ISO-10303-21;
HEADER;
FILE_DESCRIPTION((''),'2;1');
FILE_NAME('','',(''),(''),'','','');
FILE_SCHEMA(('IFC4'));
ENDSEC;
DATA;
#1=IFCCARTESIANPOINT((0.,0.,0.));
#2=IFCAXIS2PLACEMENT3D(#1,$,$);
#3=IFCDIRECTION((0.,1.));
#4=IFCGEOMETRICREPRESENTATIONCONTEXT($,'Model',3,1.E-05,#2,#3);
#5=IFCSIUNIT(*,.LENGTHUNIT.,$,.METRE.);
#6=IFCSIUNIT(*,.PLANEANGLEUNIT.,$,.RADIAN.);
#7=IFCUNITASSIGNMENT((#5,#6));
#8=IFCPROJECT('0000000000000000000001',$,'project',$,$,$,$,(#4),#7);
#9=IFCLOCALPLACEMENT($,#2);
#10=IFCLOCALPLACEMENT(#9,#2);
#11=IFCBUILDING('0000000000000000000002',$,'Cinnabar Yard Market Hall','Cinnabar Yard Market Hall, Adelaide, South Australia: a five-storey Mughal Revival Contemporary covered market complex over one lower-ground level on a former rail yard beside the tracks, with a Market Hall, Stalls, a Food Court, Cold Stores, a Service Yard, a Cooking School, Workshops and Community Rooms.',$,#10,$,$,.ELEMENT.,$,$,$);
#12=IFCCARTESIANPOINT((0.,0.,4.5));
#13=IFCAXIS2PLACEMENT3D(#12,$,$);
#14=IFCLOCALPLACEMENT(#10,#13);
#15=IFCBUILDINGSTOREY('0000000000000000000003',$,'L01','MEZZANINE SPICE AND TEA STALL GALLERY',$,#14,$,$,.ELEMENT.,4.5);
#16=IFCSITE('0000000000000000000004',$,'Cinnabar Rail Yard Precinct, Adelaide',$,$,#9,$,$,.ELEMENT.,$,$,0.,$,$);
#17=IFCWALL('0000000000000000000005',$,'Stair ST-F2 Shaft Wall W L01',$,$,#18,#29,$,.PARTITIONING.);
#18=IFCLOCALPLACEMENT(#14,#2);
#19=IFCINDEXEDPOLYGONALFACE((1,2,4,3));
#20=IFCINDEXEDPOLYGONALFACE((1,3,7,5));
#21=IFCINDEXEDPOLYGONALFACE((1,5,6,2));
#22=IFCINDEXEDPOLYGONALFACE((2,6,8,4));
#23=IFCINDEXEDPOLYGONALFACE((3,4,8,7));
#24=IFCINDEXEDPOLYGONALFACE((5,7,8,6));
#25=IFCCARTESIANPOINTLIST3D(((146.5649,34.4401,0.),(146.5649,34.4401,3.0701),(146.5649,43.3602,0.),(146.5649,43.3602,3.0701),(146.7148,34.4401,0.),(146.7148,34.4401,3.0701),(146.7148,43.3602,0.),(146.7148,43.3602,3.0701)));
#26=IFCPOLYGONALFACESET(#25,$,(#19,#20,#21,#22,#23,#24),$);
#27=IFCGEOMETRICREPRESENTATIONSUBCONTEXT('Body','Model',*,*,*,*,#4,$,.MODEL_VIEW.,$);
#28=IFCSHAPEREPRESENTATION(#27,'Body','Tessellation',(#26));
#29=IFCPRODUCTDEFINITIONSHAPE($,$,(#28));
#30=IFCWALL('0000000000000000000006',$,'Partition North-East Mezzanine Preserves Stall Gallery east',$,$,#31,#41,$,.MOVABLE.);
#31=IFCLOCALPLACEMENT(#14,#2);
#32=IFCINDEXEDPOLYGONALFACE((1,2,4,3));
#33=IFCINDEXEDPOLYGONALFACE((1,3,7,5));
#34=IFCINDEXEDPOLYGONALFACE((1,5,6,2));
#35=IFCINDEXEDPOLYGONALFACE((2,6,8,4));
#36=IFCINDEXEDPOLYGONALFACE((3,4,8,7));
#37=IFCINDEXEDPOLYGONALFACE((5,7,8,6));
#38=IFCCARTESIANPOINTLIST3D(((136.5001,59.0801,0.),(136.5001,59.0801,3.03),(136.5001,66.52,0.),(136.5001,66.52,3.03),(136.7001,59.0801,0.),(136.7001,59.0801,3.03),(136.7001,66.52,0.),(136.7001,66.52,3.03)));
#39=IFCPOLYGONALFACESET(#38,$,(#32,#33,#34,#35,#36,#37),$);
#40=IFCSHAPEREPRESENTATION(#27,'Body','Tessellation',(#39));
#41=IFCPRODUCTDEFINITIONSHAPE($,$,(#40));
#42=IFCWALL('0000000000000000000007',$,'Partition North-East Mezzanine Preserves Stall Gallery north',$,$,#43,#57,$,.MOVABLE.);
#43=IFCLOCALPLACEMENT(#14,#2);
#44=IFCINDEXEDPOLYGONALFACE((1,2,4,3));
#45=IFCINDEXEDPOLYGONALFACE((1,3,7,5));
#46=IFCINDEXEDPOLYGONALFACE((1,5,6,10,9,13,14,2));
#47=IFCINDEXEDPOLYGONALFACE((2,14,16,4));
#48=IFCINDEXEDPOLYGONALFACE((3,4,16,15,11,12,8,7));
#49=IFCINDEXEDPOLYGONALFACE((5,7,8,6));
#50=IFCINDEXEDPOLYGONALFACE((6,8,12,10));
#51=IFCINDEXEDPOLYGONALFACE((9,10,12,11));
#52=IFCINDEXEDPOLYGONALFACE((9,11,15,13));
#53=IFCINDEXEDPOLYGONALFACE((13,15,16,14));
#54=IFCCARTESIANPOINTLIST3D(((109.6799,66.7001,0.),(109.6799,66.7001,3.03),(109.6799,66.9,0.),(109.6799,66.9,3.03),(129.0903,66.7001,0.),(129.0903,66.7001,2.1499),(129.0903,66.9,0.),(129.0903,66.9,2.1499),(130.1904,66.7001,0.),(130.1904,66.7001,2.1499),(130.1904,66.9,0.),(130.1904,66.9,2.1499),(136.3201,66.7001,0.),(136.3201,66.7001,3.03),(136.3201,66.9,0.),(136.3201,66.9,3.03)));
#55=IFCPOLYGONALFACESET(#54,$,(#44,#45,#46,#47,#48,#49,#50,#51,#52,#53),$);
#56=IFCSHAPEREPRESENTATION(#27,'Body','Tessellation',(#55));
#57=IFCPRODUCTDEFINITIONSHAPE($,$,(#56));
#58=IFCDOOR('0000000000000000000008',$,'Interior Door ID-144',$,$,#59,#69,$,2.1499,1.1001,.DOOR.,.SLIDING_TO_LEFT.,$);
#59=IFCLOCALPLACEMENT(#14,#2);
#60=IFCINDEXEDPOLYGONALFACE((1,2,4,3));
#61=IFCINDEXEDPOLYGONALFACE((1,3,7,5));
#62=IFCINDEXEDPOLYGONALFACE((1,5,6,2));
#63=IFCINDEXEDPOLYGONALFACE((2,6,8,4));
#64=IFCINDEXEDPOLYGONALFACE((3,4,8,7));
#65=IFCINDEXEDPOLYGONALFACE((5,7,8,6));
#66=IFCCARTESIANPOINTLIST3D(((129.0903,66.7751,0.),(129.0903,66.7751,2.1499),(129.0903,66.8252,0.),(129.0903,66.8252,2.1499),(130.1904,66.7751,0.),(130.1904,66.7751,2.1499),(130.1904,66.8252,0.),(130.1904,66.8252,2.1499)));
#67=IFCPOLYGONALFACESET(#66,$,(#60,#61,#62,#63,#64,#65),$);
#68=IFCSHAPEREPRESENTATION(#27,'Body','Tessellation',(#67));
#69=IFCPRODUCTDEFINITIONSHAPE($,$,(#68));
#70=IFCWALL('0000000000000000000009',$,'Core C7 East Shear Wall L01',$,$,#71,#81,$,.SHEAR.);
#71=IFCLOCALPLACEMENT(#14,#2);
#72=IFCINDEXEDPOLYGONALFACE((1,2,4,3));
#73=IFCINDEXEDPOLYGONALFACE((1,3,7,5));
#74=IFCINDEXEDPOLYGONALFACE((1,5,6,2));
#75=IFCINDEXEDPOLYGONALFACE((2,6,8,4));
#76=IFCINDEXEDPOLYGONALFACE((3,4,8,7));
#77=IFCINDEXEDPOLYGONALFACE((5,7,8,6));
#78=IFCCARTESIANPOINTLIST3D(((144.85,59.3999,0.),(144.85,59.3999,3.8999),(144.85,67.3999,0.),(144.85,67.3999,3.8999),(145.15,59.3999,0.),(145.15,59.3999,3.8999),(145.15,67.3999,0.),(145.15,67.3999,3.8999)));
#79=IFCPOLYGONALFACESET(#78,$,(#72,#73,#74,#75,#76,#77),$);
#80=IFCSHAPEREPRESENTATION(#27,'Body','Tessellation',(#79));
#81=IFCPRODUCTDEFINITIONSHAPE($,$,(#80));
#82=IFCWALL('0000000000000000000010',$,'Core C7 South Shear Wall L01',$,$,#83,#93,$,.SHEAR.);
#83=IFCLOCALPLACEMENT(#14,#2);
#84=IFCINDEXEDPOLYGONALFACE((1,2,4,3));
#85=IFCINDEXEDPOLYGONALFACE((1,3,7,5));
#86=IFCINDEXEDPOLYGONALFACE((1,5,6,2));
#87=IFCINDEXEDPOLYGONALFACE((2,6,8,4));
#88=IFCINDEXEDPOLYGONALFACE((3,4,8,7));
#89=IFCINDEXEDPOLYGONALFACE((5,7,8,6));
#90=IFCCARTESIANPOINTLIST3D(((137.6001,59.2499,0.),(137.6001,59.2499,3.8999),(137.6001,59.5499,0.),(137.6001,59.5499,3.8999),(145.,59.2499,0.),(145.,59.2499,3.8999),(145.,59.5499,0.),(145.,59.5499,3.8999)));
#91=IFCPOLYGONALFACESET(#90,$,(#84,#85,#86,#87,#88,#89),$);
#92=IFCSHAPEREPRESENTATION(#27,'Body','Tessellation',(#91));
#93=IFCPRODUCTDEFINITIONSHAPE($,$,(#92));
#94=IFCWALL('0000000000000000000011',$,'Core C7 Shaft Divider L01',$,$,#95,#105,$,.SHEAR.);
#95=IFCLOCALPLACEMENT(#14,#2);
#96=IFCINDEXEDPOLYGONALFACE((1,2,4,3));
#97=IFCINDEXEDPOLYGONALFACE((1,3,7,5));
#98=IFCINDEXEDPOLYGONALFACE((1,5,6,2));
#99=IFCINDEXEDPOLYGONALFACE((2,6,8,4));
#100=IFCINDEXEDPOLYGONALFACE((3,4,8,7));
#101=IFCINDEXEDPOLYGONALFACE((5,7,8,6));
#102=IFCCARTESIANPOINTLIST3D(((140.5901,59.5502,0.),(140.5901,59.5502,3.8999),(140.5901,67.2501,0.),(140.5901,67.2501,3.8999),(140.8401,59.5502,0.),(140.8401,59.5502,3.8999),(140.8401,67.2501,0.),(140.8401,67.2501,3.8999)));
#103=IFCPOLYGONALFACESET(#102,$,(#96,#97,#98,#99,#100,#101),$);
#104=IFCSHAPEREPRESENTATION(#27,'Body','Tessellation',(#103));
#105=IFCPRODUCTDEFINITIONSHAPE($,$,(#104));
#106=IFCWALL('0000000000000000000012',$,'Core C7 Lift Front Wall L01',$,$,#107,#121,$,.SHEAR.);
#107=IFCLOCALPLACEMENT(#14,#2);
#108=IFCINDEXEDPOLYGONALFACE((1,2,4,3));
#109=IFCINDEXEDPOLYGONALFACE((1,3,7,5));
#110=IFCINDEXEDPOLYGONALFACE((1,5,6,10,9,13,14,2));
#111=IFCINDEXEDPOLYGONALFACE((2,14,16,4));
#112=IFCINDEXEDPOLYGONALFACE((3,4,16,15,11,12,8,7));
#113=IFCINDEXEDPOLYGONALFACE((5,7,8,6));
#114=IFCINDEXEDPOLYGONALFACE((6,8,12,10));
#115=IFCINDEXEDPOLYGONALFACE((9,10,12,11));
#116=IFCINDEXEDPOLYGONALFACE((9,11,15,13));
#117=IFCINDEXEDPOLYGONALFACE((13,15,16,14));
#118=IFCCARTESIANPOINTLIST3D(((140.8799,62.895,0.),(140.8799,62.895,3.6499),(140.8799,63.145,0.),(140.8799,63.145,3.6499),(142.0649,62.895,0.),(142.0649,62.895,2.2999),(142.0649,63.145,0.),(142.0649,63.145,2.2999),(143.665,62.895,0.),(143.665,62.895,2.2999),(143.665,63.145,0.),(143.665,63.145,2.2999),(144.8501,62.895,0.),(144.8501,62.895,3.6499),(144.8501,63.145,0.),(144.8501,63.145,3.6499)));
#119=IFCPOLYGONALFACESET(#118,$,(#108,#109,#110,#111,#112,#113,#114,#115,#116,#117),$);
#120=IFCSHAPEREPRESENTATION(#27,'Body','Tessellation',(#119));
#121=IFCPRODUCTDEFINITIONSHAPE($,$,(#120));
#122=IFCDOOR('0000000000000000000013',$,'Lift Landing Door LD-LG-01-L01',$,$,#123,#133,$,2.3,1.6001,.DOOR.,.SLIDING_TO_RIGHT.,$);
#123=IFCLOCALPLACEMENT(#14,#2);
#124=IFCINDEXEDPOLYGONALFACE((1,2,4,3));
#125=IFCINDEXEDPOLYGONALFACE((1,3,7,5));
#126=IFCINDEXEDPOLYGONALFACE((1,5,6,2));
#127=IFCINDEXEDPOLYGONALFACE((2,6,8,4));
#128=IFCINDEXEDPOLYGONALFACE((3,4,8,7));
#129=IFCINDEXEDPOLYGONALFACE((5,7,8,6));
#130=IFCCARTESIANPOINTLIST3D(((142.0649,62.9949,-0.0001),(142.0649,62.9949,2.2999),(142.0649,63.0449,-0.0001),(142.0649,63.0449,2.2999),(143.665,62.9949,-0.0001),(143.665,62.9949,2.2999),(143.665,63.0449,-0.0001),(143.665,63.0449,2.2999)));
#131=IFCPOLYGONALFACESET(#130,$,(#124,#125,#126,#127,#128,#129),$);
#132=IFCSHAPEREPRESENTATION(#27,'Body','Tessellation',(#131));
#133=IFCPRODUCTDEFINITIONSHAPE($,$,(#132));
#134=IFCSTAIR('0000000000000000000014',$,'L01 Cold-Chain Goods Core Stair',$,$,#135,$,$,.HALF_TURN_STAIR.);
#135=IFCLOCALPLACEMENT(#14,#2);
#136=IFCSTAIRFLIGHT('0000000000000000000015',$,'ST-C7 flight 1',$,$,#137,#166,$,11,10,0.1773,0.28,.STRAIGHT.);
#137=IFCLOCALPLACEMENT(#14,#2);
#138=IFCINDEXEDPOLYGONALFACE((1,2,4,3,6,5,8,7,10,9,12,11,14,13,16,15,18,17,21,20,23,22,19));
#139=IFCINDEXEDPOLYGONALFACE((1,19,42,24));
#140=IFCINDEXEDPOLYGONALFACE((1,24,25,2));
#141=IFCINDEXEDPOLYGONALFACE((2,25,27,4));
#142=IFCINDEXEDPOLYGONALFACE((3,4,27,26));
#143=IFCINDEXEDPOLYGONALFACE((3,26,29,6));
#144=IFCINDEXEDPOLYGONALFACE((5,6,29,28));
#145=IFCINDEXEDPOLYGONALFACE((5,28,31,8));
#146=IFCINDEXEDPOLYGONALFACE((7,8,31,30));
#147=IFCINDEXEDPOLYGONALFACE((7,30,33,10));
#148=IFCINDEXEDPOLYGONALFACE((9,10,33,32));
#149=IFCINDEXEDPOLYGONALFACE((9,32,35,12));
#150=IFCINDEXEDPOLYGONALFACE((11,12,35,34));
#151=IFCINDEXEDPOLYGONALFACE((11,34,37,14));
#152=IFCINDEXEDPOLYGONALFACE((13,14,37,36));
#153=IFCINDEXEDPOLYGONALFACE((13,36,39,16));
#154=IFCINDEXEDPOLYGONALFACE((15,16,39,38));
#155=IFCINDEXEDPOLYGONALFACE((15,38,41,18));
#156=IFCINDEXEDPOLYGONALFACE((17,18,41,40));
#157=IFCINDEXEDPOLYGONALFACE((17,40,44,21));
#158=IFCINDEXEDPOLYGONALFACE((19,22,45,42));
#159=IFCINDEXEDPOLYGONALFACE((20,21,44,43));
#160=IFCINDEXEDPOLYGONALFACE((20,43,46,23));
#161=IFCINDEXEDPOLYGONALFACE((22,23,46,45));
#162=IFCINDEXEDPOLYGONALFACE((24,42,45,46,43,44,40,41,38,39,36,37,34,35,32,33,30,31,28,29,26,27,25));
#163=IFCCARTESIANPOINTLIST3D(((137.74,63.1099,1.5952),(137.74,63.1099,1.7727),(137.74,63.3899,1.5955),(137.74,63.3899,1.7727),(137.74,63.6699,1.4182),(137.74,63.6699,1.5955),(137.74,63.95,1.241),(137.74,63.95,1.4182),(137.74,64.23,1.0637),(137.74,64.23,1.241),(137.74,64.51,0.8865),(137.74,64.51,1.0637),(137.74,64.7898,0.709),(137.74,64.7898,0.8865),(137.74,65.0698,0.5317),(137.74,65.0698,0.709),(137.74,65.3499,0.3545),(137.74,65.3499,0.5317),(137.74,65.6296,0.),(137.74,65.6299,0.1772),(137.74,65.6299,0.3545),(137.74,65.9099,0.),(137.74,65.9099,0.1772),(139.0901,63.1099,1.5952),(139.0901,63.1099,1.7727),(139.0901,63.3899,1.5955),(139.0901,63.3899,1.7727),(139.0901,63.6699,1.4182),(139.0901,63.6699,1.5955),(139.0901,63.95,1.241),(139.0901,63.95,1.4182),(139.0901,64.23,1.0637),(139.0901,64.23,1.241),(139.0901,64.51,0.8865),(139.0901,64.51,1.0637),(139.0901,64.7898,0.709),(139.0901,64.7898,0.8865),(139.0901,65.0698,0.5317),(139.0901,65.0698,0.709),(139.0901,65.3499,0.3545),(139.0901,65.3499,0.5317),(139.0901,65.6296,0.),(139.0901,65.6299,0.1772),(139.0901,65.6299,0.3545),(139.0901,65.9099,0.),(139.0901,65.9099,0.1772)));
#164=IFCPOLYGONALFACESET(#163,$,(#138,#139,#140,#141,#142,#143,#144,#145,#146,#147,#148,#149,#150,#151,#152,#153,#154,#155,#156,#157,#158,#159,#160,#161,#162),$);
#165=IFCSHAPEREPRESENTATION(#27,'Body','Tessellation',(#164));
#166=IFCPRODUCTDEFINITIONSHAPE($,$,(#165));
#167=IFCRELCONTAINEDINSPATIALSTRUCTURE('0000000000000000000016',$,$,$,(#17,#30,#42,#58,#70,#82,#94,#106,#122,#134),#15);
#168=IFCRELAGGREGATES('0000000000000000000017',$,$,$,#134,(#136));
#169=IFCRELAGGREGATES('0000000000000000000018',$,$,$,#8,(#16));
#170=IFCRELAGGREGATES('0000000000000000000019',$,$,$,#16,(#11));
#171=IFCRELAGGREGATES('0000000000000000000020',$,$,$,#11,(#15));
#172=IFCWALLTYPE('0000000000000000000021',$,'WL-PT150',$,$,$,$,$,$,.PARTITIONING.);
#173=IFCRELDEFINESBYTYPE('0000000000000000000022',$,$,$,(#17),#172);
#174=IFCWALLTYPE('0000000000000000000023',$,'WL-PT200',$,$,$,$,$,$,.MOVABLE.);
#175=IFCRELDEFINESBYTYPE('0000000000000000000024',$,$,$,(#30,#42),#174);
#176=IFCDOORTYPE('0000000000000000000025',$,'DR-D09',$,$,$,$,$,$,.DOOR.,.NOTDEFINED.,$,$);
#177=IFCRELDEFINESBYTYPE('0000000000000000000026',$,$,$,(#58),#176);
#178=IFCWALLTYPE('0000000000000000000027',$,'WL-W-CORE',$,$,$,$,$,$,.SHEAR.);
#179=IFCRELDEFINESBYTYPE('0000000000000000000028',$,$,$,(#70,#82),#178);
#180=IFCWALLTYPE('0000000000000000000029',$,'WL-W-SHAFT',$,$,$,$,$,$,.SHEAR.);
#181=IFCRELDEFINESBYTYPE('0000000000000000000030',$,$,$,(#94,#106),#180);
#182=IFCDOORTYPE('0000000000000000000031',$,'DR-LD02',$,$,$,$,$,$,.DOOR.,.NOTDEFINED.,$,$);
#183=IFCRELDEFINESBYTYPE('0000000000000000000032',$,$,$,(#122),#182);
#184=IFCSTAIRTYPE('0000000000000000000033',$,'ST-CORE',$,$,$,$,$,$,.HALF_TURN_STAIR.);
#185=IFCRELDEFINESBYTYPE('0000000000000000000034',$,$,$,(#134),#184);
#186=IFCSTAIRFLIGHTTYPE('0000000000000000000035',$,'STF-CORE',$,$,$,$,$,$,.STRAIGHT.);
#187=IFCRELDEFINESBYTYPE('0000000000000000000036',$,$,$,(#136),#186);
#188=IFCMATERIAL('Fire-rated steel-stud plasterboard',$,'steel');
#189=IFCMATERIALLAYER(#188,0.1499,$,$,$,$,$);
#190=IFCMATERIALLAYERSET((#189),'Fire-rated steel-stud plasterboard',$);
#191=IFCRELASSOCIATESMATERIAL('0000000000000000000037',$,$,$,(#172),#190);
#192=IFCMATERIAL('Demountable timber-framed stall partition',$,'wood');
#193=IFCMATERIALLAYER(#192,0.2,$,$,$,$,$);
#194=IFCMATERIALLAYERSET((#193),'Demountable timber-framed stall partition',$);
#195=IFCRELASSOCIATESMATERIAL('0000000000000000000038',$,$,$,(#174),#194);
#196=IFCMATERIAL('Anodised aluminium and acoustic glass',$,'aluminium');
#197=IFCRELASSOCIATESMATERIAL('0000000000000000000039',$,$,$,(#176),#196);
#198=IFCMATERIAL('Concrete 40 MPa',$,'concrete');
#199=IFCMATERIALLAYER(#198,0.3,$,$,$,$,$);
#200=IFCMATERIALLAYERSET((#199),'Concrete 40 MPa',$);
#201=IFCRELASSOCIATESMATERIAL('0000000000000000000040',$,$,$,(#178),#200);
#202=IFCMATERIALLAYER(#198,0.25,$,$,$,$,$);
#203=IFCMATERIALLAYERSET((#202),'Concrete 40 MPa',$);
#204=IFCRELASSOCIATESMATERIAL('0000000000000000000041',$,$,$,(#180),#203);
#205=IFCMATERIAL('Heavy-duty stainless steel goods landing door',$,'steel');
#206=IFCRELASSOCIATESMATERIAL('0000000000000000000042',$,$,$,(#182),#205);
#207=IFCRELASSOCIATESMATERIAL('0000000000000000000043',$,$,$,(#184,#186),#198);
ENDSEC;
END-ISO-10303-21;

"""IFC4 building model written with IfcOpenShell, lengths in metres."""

from ifc_helpers import new_model, si_unit, direction, frame, frame_2d, origin, place, context, subcontext, project, spatial, polyline, rectangle, outline, extrude, material, layer, layer_set, type_object, element, fill, aggregate, save


model = new_model("IFC4")

# Units and contexts
model_context = context("Model", 3, precision=1e-05, world=origin(), true_north=direction((0.0, 1.0)))
body_context = subcontext(model_context, "Body", "Model", "MODEL_VIEW")
ifc_project = project(units=[si_unit("LENGTHUNIT", "METRE"), si_unit("PLANEANGLEUNIT", "RADIAN")], contexts=[model_context])

# Site, building, storey
site_placement = place(None, origin())
site = spatial("IfcSite", under=ifc_project, at=site_placement, Name="Cinnabar Rail Yard Precinct, Adelaide", CompositionType="ELEMENT", RefElevation=0.0)
building_placement = place(site_placement, origin())
building = spatial("IfcBuilding", under=site, at=building_placement, Name="Cinnabar Yard Market Hall", Description="Cinnabar Yard Market Hall, Adelaide, South Australia: a five-storey Mughal Revival Contemporary covered market complex over one lower-ground level on a former rail yard beside the tracks, with a Market Hall, Stalls, a Food Court, Cold Stores, a Service Yard, a Cooking School, Workshops and Community Rooms.", CompositionType="ELEMENT")
storey_placement = place(building_placement, frame((0.0, 0.0, 4.5)))
storey = spatial("IfcBuildingStorey", under=building, at=storey_placement, Name="L01", Description="MEZZANINE SPICE AND TEA STALL GALLERY", CompositionType="ELEMENT", Elevation=4.5)

# Walls
ifc_material_1 = material(Name="Fire-rated steel-stud plasterboard", Category="steel")
ifc_layer_1 = layer(ifc_material_1, 0.1499)
ifc_layer_set_1 = layer_set([ifc_layer_1], Name="Fire-rated steel-stud plasterboard")
wall_type_1 = type_object("IfcWallType", Name="WL-PT150", PredefinedType="PARTITIONING", material=ifc_layer_set_1)
wall_1_placement = place(storey_placement, frame((146.6399, 43.3601, 0.0), z_axis=(0.0, 0.0, 1.0), x_axis=(0.0, -1.0, 0.0)))
element("IfcWall", 1, at=wall_1_placement, inside=storey, type_object=wall_type_1, Name="Stair ST-F2 Shaft Wall W L01", PredefinedType="PARTITIONING", context=body_context, shape_type="SweptSolid", body=[
    extrude(rectangle(XDim=8.9202, YDim=0.1499, at=frame_2d((4.46, 0.0), x_axis=(1.0, 0.0))), origin(), (0.0, 0.0, 1.0), 3.0701),
])
ifc_material_2 = material(Name="Demountable timber-framed stall partition", Category="wood")
ifc_layer_2 = layer(ifc_material_2, 0.2)
ifc_layer_set_2 = layer_set([ifc_layer_2], Name="Demountable timber-framed stall partition")
wall_type_2 = type_object("IfcWallType", Name="WL-PT200", PredefinedType="MOVABLE", material=ifc_layer_set_2)
wall_2_placement = place(storey_placement, frame((136.6001, 59.0801, 0.0), z_axis=(0.0, 0.0, 1.0), x_axis=(0.0, 1.0, 0.0)))
element("IfcWall", 2, at=wall_2_placement, inside=storey, type_object=wall_type_2, Name="Partition North-East Mezzanine Preserves Stall Gallery east", PredefinedType="MOVABLE", context=body_context, shape_type="SweptSolid", body=[
    extrude(rectangle(XDim=7.4399, YDim=0.2, at=frame_2d((3.72, 0.0), x_axis=(1.0, 0.0))), origin(), (0.0, 0.0, 1.0), 3.03),
])

# Wall, opening, door
wall_3_placement = place(storey_placement, frame((136.3201, 66.8, 0.0), z_axis=(0.0, 0.0, 1.0), x_axis=(-1.0, 0.0, 0.0)))
wall_3 = element("IfcWall", 3, at=wall_3_placement, inside=storey, type_object=wall_type_2, Name="Partition North-East Mezzanine Preserves Stall Gallery north", PredefinedType="MOVABLE", context=body_context, shape_type="SweptSolid", body=[
    extrude(rectangle(XDim=26.6401, YDim=0.2, at=frame_2d((13.3201, 0.0), x_axis=(1.0, 0.0))), origin(), (0.0, 0.0, 1.0), 3.03),
])
opening_1_placement = place(wall_3_placement, frame((6.1296, 0.0, 0.0)))
opening_1 = element("IfcOpeningElement", 4, at=opening_1_placement, cuts=wall_3, PredefinedType="OPENING", context=body_context, shape_type="SweptSolid", body=[
    extrude(rectangle(XDim=1.1001, YDim=2.1499, at=frame_2d((0.55, 1.075), x_axis=(1.0, 0.0))), frame((0.0, 0.1099, 0.0), z_axis=(0.0, -1.0, 0.0), x_axis=(1.0, 0.0, 0.0)), (0.0, 0.0, 1.0), 0.22),
])
ifc_material_3 = material(Name="Anodised aluminium and acoustic glass", Category="aluminium")
door_type_1 = type_object("IfcDoorType", Name="DR-D09", OperationType="NOTDEFINED", PredefinedType="DOOR", material=ifc_material_3)
door_1_placement = place(opening_1_placement, origin())
door_1 = element("IfcDoor", 5, at=door_1_placement, inside=storey, type_object=door_type_1, Name="Interior Door ID-144", OperationType="SLIDING_TO_LEFT", OverallHeight=2.1499, OverallWidth=1.1001, PredefinedType="DOOR", context=body_context, shape_type="SweptSolid", body=[
    extrude(rectangle(XDim=1.1001, YDim=2.1499, at=frame_2d((0.55, 1.075), x_axis=(1.0, 0.0))), frame((0.0, 0.0249, 0.0), z_axis=(0.0, -1.0, 0.0), x_axis=(1.0, 0.0, 0.0)), (0.0, 0.0, 1.0), 0.05),
])
fill(opening_1, door_1)

# Walls
ifc_material_4 = material(Name="Concrete 40 MPa", Category="concrete")
ifc_layer_3 = layer(ifc_material_4, 0.3)
ifc_layer_set_3 = layer_set([ifc_layer_3], Name="Concrete 40 MPa")
wall_type_3 = type_object("IfcWallType", Name="WL-W-CORE", PredefinedType="SHEAR", material=ifc_layer_set_3)
wall_4_placement = place(storey_placement, frame((145.0, 59.3999, 0.0), z_axis=(0.0, 0.0, 1.0), x_axis=(0.0, 1.0, 0.0)))
element("IfcWall", 6, at=wall_4_placement, inside=storey, type_object=wall_type_3, Name="Core C7 East Shear Wall L01", PredefinedType="SHEAR", context=body_context, shape_type="SweptSolid", body=[
    extrude(rectangle(XDim=8.0, YDim=0.3, at=frame_2d((4.0, 0.0), x_axis=(1.0, 0.0))), origin(), (0.0, 0.0, 1.0), 3.8999),
])
wall_5_placement = place(storey_placement, frame((137.6001, 59.3999, 0.0), z_axis=(0.0, 0.0, 1.0), x_axis=(1.0, 0.0, 0.0)))
element("IfcWall", 7, at=wall_5_placement, inside=storey, type_object=wall_type_3, Name="Core C7 South Shear Wall L01", PredefinedType="SHEAR", context=body_context, shape_type="SweptSolid", body=[
    extrude(rectangle(XDim=7.3999, YDim=0.3, at=frame_2d((3.7, 0.0), x_axis=(1.0, 0.0))), origin(), (0.0, 0.0, 1.0), 3.8999),
])
ifc_layer_4 = layer(ifc_material_4, 0.25)
ifc_layer_set_4 = layer_set([ifc_layer_4], Name="Concrete 40 MPa")
wall_type_4 = type_object("IfcWallType", Name="WL-W-SHAFT", PredefinedType="SHEAR", material=ifc_layer_set_4)
wall_6_placement = place(storey_placement, frame((140.7151, 59.55, 0.0), z_axis=(0.0, 0.0, 1.0), x_axis=(0.0, 1.0, 0.0)))
element("IfcWall", 8, at=wall_6_placement, inside=storey, type_object=wall_type_4, Name="Core C7 Shaft Divider L01", PredefinedType="SHEAR", context=body_context, shape_type="SweptSolid", body=[
    extrude(rectangle(XDim=7.7, YDim=0.25, at=frame_2d((3.8501, 0.0), x_axis=(1.0, 0.0))), origin(), (0.0, 0.0, 1.0), 3.8999),
])

# Wall, opening, door
wall_7_placement = place(storey_placement, frame((140.8799, 63.02, 0.0), z_axis=(0.0, 0.0, 1.0), x_axis=(1.0, 0.0, 0.0)))
wall_7 = element("IfcWall", 9, at=wall_7_placement, inside=storey, type_object=wall_type_4, Name="Core C7 Lift Front Wall L01", PredefinedType="SHEAR", context=body_context, shape_type="SweptSolid", body=[
    extrude(rectangle(XDim=3.9702, YDim=0.25, at=frame_2d((1.9851, 0.0), x_axis=(1.0, 0.0))), origin(), (0.0, 0.0, 1.0), 3.6499),
])
opening_2_placement = place(wall_7_placement, frame((1.1851, 0.0, 0.0)))
opening_2 = element("IfcOpeningElement", 10, at=opening_2_placement, cuts=wall_7, PredefinedType="OPENING", context=body_context, shape_type="SweptSolid", body=[
    extrude(rectangle(XDim=1.6001, YDim=2.3, at=frame_2d((0.8, 1.1499), x_axis=(1.0, 0.0))), frame((0.0, 0.135, 0.0), z_axis=(0.0, -1.0, 0.0), x_axis=(1.0, 0.0, 0.0)), (0.0, 0.0, 1.0), 0.27),
])
ifc_material_5 = material(Name="Heavy-duty stainless steel goods landing door", Category="steel")
door_type_2 = type_object("IfcDoorType", Name="DR-LD02", OperationType="NOTDEFINED", PredefinedType="DOOR", material=ifc_material_5)
door_2_placement = place(opening_2_placement, origin())
door_2 = element("IfcDoor", 11, at=door_2_placement, inside=storey, type_object=door_type_2, Name="Lift Landing Door LD-LG-01-L01", OperationType="SLIDING_TO_RIGHT", OverallHeight=2.3, OverallWidth=1.6001, PredefinedType="DOOR", context=body_context, shape_type="SweptSolid", body=[
    extrude(rectangle(XDim=1.6001, YDim=2.3, at=frame_2d((0.8, 1.1499), x_axis=(1.0, 0.0))), frame((0.0, 0.0249, 0.0), z_axis=(0.0, -1.0, 0.0), x_axis=(1.0, 0.0, 0.0)), (0.0, 0.0, 1.0), 0.05),
])
fill(opening_2, door_2)

# Stair, stair flight
stair_type = type_object("IfcStairType", Name="ST-CORE", PredefinedType="HALF_TURN_STAIR", material=ifc_material_4)
stair_placement = place(storey_placement, origin())
stair = element("IfcStair", 12, at=stair_placement, inside=storey, type_object=stair_type, Name="L01 Cold-Chain Goods Core Stair", PredefinedType="HALF_TURN_STAIR")
stair_flight_type = type_object("IfcStairFlightType", Name="STF-CORE", PredefinedType="STRAIGHT", material=ifc_material_4)
stair_flight_1_placement = place(storey_placement, frame((138.415, 65.9099, 0.0), z_axis=(0.0, 0.0, 1.0), x_axis=(0.0, -1.0, 0.0)))
stair_flight_1 = element("IfcStairFlight", 13, at=stair_flight_1_placement, type_object=stair_flight_type, Name="ST-C7 flight 1", NumberOfRisers=11, NumberOfTreads=10, PredefinedType="STRAIGHT", RiserHeight=0.1773, TreadLength=0.28, context=body_context, shape_type="SweptSolid", body=[
    extrude(outline(polyline([(0.0, 0.0), (0.0, 0.1772), (0.28, 0.1772), (0.28, 0.3545), (0.5601, 0.3545), (0.5601, 0.5317), (0.8401, 0.5317), (0.8401, 0.709), (1.1201, 0.709), (1.1201, 0.8865), (1.3999, 0.8865), (1.3999, 1.0637), (1.6799, 1.0637), (1.6799, 1.241), (1.96, 1.241), (1.96, 1.4182), (2.24, 1.4182), (2.24, 1.5955), (2.52, 1.5955), (2.52, 1.7727), (2.8, 1.7727), (2.8, 1.95), (2.8, 1.5952), (0.2803, 0.0), (0.0, 0.0)])), frame((0.0, 0.675, 0.0), z_axis=(0.0, -1.0, 0.0), x_axis=(1.0, 0.0, 0.0)), (0.0, 0.0, 1.0), 1.3501),
])
aggregate(stair, [stair_flight_1])

save(model, "model.ifc")
